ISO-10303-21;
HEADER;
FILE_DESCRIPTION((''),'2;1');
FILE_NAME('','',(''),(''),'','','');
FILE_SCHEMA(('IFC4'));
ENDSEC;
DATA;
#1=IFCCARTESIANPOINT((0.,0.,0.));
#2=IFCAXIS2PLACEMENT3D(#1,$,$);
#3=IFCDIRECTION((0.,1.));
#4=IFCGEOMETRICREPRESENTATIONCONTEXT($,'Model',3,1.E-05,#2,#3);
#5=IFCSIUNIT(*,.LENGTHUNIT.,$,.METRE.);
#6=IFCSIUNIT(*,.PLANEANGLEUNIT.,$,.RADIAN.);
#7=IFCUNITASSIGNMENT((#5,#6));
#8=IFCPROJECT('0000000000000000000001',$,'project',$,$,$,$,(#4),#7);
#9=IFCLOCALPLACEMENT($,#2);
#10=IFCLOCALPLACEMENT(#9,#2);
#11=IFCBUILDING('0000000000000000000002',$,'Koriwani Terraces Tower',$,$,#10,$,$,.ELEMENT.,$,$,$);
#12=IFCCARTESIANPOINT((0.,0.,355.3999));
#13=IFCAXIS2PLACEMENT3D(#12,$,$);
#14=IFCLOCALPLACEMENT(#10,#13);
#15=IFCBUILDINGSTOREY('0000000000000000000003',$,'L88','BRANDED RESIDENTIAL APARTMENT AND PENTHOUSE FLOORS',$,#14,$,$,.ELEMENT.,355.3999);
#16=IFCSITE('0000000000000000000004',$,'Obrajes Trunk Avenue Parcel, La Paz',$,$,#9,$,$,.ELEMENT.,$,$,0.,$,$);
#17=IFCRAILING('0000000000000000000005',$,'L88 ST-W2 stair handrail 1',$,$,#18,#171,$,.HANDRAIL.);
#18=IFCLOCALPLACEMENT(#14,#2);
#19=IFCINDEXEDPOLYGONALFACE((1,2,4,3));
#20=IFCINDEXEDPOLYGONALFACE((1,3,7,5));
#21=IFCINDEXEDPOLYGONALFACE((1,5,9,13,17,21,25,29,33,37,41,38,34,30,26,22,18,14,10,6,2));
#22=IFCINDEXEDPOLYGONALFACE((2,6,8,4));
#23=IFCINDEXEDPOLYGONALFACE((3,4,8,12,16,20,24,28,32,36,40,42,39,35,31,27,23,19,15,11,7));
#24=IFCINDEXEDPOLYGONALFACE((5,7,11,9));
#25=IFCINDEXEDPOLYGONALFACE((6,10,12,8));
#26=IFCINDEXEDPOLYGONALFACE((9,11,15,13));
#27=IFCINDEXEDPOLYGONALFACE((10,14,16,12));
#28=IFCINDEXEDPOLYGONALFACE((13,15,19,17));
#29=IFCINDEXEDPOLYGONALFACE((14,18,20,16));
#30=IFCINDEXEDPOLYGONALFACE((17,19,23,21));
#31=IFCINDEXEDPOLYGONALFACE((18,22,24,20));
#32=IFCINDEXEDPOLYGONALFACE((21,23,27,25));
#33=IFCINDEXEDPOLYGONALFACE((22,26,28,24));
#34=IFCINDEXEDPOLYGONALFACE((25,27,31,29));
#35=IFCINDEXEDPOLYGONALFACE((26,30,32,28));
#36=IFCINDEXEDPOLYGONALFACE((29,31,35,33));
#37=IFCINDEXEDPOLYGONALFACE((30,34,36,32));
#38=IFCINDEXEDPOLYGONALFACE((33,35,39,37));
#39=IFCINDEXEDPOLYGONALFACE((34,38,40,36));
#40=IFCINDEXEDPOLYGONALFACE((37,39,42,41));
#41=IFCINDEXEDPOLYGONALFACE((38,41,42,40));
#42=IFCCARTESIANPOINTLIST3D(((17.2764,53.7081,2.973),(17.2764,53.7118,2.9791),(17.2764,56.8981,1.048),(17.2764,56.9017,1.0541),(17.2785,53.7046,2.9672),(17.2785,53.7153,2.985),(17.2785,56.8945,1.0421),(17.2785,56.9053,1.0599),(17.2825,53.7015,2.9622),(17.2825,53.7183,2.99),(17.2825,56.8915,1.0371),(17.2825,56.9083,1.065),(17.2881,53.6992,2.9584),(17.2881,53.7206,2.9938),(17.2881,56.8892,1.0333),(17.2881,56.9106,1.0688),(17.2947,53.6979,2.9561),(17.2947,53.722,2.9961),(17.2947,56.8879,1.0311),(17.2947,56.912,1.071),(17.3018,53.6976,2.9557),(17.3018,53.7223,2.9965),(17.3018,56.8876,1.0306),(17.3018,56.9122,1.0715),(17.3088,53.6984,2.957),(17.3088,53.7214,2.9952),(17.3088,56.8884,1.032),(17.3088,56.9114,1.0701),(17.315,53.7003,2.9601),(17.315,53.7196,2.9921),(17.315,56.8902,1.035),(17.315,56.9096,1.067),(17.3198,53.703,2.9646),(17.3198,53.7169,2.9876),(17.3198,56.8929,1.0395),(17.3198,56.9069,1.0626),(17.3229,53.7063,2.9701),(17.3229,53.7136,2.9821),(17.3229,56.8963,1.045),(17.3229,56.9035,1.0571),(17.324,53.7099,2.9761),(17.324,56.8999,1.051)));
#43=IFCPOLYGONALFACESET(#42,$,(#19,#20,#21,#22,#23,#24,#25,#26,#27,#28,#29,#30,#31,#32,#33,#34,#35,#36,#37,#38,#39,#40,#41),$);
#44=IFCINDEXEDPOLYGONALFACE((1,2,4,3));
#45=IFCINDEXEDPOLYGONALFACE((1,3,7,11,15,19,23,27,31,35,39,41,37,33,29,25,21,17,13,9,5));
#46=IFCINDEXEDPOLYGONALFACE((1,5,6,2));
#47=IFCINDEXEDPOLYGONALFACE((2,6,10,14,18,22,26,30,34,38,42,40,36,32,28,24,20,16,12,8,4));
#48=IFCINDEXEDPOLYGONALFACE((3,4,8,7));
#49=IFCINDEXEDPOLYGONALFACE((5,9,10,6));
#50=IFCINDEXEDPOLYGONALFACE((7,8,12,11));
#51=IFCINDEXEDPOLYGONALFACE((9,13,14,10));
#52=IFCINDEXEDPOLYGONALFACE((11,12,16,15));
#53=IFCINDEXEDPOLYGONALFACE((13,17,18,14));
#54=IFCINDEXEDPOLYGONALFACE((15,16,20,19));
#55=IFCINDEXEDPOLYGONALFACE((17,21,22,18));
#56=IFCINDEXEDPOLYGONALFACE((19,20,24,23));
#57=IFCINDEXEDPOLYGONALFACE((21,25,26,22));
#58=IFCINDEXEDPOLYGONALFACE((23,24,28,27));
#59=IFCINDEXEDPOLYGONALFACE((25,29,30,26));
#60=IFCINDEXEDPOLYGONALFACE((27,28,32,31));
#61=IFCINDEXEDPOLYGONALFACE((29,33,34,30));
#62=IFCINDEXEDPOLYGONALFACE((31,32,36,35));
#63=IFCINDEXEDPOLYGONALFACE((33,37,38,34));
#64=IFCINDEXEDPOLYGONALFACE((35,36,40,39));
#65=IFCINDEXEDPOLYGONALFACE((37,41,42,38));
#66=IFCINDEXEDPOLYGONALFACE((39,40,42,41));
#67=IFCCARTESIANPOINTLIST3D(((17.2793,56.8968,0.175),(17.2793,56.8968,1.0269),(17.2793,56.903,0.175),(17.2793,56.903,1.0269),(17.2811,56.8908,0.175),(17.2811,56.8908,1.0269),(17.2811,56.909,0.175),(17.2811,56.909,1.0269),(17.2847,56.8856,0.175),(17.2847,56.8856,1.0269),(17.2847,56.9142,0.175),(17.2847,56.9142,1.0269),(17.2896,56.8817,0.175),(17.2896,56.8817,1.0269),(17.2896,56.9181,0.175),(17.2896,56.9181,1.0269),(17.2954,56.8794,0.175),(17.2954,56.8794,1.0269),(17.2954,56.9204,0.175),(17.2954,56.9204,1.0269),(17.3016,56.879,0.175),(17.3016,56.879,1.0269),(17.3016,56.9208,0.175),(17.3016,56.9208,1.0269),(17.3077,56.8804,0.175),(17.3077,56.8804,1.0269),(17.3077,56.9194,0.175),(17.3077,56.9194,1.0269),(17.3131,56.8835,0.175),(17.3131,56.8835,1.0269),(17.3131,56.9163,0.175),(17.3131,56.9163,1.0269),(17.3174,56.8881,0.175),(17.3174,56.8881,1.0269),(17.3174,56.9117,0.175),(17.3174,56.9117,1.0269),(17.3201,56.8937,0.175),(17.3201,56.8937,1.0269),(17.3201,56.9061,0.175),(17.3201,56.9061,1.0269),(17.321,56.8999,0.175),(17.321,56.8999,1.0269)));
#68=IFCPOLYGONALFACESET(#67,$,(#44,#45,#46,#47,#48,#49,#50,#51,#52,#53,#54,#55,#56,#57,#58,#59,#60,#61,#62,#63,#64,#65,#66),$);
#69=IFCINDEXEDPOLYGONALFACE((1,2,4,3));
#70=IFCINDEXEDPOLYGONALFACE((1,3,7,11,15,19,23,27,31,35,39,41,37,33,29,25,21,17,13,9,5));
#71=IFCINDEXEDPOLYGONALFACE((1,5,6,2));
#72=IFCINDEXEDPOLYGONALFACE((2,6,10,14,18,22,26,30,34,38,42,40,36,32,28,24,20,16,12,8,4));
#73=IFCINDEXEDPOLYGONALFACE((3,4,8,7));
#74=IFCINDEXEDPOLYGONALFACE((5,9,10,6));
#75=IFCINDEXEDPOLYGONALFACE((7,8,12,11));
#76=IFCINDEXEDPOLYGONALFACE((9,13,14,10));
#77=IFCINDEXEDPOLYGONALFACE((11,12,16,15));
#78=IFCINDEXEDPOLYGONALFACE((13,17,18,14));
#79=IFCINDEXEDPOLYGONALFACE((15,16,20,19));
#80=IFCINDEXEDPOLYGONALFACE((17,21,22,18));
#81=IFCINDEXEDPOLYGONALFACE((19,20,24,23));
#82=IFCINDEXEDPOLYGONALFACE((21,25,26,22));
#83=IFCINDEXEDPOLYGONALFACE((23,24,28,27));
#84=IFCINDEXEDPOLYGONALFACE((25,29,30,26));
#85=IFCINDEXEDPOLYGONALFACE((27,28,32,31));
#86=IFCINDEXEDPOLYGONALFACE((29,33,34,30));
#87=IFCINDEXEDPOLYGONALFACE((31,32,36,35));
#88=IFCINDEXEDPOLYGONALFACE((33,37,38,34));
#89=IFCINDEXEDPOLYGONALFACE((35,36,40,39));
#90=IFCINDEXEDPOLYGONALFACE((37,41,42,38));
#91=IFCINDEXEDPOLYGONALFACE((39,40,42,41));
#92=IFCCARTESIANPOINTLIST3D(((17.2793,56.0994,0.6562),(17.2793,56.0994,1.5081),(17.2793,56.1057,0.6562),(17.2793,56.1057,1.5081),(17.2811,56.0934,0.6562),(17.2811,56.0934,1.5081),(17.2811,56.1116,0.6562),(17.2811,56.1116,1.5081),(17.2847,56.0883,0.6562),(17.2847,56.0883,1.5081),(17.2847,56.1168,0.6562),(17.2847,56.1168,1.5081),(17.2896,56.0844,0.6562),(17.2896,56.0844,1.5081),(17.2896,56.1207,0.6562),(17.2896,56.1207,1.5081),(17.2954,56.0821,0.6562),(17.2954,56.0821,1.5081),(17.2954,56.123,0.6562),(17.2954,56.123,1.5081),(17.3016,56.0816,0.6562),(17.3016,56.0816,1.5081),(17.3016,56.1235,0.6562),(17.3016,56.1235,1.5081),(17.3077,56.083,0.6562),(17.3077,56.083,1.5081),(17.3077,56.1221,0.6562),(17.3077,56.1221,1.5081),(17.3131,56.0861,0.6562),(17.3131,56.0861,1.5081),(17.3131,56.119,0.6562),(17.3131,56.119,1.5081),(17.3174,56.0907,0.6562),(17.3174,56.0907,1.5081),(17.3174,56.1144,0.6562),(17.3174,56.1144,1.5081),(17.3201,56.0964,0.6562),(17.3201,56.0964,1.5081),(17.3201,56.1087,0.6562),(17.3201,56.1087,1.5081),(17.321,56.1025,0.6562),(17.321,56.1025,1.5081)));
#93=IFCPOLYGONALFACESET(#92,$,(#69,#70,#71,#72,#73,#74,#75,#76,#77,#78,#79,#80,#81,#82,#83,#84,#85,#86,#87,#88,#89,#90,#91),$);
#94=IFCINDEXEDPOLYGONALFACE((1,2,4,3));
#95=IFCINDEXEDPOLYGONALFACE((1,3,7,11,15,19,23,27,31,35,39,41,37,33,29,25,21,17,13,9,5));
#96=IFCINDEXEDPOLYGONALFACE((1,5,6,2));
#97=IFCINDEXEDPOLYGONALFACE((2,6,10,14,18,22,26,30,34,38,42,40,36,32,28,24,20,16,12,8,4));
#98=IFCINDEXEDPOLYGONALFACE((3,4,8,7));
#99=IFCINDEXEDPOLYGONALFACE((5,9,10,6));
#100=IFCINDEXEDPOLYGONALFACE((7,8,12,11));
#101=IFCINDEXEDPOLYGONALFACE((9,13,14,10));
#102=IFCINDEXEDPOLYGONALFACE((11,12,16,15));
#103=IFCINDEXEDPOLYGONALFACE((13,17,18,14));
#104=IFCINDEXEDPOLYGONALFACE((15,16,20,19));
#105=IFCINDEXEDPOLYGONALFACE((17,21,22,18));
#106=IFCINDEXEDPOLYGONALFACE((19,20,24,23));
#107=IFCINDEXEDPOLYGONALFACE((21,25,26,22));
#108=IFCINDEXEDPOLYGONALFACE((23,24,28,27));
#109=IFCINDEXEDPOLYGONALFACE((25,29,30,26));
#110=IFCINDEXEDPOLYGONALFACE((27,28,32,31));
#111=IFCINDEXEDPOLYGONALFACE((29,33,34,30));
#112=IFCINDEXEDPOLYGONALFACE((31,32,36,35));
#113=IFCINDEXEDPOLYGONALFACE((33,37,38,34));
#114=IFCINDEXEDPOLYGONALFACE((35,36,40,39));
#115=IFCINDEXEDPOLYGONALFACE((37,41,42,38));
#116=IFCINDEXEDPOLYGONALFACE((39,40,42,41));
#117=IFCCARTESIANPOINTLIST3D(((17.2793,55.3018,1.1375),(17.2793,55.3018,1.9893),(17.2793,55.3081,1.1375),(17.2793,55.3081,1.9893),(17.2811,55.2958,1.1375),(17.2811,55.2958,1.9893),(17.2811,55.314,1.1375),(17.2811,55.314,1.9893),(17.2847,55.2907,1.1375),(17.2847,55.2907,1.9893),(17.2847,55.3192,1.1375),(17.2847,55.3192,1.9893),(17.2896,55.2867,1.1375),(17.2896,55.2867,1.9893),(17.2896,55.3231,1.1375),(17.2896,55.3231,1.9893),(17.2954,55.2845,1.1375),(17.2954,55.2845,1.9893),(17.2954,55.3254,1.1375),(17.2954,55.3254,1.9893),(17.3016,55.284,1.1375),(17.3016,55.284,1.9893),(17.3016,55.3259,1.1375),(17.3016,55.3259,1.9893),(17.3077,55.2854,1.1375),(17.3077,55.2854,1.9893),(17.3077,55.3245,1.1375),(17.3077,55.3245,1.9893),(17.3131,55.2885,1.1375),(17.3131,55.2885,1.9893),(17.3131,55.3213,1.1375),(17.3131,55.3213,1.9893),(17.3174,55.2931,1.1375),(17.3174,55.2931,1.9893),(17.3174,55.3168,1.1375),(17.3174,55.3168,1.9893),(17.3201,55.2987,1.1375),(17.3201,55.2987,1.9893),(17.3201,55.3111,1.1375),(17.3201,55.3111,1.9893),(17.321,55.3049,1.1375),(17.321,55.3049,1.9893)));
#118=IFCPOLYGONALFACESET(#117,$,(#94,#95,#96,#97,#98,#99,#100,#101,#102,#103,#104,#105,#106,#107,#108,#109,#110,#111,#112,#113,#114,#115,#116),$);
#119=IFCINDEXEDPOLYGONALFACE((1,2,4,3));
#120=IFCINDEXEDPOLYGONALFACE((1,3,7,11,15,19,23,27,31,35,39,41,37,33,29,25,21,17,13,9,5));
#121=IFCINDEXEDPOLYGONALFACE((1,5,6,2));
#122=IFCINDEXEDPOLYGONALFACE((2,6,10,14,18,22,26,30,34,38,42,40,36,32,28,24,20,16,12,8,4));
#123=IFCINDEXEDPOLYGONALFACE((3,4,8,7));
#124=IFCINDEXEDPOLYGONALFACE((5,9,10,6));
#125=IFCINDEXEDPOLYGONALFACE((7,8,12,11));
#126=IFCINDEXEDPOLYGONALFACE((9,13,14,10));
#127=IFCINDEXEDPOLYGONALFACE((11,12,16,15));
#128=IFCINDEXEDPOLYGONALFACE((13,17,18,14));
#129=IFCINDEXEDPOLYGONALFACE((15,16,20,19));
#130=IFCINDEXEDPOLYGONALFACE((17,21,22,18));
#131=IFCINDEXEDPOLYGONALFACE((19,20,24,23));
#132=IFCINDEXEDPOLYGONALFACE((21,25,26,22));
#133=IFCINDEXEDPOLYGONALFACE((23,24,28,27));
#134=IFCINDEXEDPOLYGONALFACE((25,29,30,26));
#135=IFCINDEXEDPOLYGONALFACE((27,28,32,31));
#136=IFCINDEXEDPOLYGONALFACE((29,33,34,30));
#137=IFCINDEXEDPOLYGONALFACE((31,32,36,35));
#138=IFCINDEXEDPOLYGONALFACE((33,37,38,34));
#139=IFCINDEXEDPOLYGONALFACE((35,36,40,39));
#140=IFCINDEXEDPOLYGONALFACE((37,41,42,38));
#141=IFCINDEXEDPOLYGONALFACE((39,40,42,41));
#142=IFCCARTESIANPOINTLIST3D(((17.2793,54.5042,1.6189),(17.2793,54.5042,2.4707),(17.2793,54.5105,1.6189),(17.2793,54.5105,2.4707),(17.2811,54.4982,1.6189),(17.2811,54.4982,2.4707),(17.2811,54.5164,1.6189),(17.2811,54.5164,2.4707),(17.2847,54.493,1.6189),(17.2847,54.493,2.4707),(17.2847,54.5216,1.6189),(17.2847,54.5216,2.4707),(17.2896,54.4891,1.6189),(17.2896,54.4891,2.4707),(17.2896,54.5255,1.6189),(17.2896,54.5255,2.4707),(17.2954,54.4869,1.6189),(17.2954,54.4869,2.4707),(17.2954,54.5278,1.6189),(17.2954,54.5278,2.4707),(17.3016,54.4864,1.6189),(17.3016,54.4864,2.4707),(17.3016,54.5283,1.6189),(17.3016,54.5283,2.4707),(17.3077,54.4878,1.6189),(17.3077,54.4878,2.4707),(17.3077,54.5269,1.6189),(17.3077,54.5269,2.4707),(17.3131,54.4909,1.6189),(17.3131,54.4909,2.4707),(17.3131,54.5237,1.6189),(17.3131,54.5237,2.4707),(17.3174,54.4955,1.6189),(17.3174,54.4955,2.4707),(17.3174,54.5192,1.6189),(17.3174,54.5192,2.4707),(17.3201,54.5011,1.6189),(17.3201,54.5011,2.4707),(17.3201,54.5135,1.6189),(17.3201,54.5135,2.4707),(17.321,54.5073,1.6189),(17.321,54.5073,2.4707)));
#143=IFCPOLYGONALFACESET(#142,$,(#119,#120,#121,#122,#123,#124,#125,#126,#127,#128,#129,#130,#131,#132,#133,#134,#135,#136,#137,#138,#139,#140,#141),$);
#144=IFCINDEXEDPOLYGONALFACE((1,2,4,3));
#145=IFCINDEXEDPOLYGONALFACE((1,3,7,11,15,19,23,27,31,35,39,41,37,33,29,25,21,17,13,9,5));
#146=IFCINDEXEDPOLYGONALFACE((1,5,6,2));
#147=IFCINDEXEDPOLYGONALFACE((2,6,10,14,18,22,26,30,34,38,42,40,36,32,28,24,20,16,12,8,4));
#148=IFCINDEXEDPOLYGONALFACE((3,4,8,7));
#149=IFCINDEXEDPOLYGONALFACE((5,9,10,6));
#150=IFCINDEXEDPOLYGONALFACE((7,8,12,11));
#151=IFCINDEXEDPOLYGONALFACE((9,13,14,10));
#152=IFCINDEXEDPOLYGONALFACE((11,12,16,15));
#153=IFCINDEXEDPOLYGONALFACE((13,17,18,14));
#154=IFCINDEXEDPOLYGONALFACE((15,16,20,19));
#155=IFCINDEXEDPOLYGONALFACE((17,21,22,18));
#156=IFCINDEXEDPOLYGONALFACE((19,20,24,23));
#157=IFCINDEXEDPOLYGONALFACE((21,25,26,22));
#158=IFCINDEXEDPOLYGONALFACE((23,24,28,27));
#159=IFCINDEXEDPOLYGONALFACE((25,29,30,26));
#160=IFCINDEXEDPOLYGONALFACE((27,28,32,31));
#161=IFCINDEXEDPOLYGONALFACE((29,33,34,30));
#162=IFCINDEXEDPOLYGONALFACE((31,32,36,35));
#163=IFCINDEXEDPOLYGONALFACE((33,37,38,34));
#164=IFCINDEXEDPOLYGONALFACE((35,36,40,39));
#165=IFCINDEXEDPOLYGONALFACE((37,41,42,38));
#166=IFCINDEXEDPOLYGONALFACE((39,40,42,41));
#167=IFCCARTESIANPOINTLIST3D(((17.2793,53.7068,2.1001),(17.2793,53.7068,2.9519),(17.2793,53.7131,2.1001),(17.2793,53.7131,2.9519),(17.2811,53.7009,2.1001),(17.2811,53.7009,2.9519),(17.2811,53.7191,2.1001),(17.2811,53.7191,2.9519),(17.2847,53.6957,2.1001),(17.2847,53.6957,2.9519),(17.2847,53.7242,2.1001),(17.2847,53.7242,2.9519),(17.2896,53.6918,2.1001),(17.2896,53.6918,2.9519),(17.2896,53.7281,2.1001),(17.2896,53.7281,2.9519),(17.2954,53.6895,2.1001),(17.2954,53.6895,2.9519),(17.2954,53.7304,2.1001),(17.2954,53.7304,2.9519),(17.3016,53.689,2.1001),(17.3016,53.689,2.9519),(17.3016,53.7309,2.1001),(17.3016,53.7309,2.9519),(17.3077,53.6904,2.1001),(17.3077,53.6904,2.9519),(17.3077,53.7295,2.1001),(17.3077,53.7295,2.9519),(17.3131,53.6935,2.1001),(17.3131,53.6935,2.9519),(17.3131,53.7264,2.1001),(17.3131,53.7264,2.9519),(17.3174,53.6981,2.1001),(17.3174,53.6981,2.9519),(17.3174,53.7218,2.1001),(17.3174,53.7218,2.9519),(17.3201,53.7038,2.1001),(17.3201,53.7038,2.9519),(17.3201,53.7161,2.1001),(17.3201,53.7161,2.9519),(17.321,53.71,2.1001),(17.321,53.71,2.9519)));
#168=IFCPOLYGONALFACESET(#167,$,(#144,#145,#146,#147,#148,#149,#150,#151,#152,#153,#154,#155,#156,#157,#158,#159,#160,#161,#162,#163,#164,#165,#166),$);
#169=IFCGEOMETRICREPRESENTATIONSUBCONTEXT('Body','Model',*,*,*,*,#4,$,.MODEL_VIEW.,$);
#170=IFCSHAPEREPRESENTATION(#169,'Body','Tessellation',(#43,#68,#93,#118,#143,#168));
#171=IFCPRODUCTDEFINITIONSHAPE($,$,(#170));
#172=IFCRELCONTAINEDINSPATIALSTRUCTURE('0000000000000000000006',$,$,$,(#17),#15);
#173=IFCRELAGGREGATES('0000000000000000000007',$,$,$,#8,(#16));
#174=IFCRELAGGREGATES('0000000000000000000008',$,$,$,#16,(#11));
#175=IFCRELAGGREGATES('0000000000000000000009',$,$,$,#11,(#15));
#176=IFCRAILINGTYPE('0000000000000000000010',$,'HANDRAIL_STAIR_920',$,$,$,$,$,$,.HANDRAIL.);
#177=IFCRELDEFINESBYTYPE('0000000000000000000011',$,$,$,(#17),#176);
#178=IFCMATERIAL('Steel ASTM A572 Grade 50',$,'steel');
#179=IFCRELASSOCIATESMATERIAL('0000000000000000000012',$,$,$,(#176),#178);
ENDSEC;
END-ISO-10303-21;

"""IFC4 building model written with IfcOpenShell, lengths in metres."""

from ifc_helpers import new_model, si_unit, direction, frame, origin, origin_2d, place, context, subcontext, project, spatial, circle, extrude, material, type_object, element, save


model = new_model("IFC4")

# Units and contexts
model_context = context("Model", 3, precision=1e-05, world=origin(), true_north=direction((0.0, 1.0)))
body_context = subcontext(model_context, "Body", "Model", "MODEL_VIEW")
ifc_project = project(units=[si_unit("LENGTHUNIT", "METRE"), si_unit("PLANEANGLEUNIT", "RADIAN")], contexts=[model_context])

# Site, building, storey
site_placement = place(None, origin())
site = spatial("IfcSite", under=ifc_project, at=site_placement, Name="Obrajes Trunk Avenue Parcel, La Paz", CompositionType="ELEMENT", RefElevation=0.0)
building_placement = place(site_placement, origin())
building = spatial("IfcBuilding", under=site, at=building_placement, Name="Koriwani Terraces Tower", CompositionType="ELEMENT")
storey_placement = place(building_placement, frame((0.0, 0.0, 355.3999)))
storey = spatial("IfcBuildingStorey", under=building, at=storey_placement, Name="L88", Description="BRANDED RESIDENTIAL APARTMENT AND PENTHOUSE FLOORS", CompositionType="ELEMENT", Elevation=355.3999)

# Shared definitions
ifc_material_1 = material(Name="Steel ASTM A572 Grade 50", Category="steel")

# Railing
railing_type_1 = type_object("IfcRailingType", Name="HANDRAIL_STAIR_920", PredefinedType="HANDRAIL", material=ifc_material_1)
railing_1_placement = place(storey_placement, frame((17.3, 56.8999, 0.175)))
element("IfcRailing", 1, at=railing_1_placement, inside=storey, type_object=railing_type_1, Name="L88 ST-W2 stair handrail 1", PredefinedType="HANDRAIL", context=body_context, shape_type="SweptSolid", body=[
    extrude(circle(Radius=0.0239, at=origin_2d()), frame((0.0, 0.0, 0.876), z_axis=(0.0, -0.856178, 0.516682), x_axis=(1.0, 0.0, 0.0)), (0.0, 0.0, 1.0), 3.7258),
    extrude(circle(Radius=0.021, at=origin_2d()), origin(), (0.0, 0.0, 1.0), 0.8518),
    extrude(circle(Radius=0.021, at=origin_2d()), frame((0.0, -0.7974, 0.4812)), (0.0, 0.0, 1.0), 0.8518),
    extrude(circle(Radius=0.021, at=origin_2d()), frame((0.0, -1.595, 0.9624)), (0.0, 0.0, 1.0), 0.8518),
    extrude(circle(Radius=0.021, at=origin_2d()), frame((0.0, -2.3926, 1.4438)), (0.0, 0.0, 1.0), 0.8518),
    extrude(circle(Radius=0.021, at=origin_2d()), frame((0.0, -3.1899, 1.925)), (0.0, 0.0, 1.0), 0.8518),
])

save(model, "model.ifc")
